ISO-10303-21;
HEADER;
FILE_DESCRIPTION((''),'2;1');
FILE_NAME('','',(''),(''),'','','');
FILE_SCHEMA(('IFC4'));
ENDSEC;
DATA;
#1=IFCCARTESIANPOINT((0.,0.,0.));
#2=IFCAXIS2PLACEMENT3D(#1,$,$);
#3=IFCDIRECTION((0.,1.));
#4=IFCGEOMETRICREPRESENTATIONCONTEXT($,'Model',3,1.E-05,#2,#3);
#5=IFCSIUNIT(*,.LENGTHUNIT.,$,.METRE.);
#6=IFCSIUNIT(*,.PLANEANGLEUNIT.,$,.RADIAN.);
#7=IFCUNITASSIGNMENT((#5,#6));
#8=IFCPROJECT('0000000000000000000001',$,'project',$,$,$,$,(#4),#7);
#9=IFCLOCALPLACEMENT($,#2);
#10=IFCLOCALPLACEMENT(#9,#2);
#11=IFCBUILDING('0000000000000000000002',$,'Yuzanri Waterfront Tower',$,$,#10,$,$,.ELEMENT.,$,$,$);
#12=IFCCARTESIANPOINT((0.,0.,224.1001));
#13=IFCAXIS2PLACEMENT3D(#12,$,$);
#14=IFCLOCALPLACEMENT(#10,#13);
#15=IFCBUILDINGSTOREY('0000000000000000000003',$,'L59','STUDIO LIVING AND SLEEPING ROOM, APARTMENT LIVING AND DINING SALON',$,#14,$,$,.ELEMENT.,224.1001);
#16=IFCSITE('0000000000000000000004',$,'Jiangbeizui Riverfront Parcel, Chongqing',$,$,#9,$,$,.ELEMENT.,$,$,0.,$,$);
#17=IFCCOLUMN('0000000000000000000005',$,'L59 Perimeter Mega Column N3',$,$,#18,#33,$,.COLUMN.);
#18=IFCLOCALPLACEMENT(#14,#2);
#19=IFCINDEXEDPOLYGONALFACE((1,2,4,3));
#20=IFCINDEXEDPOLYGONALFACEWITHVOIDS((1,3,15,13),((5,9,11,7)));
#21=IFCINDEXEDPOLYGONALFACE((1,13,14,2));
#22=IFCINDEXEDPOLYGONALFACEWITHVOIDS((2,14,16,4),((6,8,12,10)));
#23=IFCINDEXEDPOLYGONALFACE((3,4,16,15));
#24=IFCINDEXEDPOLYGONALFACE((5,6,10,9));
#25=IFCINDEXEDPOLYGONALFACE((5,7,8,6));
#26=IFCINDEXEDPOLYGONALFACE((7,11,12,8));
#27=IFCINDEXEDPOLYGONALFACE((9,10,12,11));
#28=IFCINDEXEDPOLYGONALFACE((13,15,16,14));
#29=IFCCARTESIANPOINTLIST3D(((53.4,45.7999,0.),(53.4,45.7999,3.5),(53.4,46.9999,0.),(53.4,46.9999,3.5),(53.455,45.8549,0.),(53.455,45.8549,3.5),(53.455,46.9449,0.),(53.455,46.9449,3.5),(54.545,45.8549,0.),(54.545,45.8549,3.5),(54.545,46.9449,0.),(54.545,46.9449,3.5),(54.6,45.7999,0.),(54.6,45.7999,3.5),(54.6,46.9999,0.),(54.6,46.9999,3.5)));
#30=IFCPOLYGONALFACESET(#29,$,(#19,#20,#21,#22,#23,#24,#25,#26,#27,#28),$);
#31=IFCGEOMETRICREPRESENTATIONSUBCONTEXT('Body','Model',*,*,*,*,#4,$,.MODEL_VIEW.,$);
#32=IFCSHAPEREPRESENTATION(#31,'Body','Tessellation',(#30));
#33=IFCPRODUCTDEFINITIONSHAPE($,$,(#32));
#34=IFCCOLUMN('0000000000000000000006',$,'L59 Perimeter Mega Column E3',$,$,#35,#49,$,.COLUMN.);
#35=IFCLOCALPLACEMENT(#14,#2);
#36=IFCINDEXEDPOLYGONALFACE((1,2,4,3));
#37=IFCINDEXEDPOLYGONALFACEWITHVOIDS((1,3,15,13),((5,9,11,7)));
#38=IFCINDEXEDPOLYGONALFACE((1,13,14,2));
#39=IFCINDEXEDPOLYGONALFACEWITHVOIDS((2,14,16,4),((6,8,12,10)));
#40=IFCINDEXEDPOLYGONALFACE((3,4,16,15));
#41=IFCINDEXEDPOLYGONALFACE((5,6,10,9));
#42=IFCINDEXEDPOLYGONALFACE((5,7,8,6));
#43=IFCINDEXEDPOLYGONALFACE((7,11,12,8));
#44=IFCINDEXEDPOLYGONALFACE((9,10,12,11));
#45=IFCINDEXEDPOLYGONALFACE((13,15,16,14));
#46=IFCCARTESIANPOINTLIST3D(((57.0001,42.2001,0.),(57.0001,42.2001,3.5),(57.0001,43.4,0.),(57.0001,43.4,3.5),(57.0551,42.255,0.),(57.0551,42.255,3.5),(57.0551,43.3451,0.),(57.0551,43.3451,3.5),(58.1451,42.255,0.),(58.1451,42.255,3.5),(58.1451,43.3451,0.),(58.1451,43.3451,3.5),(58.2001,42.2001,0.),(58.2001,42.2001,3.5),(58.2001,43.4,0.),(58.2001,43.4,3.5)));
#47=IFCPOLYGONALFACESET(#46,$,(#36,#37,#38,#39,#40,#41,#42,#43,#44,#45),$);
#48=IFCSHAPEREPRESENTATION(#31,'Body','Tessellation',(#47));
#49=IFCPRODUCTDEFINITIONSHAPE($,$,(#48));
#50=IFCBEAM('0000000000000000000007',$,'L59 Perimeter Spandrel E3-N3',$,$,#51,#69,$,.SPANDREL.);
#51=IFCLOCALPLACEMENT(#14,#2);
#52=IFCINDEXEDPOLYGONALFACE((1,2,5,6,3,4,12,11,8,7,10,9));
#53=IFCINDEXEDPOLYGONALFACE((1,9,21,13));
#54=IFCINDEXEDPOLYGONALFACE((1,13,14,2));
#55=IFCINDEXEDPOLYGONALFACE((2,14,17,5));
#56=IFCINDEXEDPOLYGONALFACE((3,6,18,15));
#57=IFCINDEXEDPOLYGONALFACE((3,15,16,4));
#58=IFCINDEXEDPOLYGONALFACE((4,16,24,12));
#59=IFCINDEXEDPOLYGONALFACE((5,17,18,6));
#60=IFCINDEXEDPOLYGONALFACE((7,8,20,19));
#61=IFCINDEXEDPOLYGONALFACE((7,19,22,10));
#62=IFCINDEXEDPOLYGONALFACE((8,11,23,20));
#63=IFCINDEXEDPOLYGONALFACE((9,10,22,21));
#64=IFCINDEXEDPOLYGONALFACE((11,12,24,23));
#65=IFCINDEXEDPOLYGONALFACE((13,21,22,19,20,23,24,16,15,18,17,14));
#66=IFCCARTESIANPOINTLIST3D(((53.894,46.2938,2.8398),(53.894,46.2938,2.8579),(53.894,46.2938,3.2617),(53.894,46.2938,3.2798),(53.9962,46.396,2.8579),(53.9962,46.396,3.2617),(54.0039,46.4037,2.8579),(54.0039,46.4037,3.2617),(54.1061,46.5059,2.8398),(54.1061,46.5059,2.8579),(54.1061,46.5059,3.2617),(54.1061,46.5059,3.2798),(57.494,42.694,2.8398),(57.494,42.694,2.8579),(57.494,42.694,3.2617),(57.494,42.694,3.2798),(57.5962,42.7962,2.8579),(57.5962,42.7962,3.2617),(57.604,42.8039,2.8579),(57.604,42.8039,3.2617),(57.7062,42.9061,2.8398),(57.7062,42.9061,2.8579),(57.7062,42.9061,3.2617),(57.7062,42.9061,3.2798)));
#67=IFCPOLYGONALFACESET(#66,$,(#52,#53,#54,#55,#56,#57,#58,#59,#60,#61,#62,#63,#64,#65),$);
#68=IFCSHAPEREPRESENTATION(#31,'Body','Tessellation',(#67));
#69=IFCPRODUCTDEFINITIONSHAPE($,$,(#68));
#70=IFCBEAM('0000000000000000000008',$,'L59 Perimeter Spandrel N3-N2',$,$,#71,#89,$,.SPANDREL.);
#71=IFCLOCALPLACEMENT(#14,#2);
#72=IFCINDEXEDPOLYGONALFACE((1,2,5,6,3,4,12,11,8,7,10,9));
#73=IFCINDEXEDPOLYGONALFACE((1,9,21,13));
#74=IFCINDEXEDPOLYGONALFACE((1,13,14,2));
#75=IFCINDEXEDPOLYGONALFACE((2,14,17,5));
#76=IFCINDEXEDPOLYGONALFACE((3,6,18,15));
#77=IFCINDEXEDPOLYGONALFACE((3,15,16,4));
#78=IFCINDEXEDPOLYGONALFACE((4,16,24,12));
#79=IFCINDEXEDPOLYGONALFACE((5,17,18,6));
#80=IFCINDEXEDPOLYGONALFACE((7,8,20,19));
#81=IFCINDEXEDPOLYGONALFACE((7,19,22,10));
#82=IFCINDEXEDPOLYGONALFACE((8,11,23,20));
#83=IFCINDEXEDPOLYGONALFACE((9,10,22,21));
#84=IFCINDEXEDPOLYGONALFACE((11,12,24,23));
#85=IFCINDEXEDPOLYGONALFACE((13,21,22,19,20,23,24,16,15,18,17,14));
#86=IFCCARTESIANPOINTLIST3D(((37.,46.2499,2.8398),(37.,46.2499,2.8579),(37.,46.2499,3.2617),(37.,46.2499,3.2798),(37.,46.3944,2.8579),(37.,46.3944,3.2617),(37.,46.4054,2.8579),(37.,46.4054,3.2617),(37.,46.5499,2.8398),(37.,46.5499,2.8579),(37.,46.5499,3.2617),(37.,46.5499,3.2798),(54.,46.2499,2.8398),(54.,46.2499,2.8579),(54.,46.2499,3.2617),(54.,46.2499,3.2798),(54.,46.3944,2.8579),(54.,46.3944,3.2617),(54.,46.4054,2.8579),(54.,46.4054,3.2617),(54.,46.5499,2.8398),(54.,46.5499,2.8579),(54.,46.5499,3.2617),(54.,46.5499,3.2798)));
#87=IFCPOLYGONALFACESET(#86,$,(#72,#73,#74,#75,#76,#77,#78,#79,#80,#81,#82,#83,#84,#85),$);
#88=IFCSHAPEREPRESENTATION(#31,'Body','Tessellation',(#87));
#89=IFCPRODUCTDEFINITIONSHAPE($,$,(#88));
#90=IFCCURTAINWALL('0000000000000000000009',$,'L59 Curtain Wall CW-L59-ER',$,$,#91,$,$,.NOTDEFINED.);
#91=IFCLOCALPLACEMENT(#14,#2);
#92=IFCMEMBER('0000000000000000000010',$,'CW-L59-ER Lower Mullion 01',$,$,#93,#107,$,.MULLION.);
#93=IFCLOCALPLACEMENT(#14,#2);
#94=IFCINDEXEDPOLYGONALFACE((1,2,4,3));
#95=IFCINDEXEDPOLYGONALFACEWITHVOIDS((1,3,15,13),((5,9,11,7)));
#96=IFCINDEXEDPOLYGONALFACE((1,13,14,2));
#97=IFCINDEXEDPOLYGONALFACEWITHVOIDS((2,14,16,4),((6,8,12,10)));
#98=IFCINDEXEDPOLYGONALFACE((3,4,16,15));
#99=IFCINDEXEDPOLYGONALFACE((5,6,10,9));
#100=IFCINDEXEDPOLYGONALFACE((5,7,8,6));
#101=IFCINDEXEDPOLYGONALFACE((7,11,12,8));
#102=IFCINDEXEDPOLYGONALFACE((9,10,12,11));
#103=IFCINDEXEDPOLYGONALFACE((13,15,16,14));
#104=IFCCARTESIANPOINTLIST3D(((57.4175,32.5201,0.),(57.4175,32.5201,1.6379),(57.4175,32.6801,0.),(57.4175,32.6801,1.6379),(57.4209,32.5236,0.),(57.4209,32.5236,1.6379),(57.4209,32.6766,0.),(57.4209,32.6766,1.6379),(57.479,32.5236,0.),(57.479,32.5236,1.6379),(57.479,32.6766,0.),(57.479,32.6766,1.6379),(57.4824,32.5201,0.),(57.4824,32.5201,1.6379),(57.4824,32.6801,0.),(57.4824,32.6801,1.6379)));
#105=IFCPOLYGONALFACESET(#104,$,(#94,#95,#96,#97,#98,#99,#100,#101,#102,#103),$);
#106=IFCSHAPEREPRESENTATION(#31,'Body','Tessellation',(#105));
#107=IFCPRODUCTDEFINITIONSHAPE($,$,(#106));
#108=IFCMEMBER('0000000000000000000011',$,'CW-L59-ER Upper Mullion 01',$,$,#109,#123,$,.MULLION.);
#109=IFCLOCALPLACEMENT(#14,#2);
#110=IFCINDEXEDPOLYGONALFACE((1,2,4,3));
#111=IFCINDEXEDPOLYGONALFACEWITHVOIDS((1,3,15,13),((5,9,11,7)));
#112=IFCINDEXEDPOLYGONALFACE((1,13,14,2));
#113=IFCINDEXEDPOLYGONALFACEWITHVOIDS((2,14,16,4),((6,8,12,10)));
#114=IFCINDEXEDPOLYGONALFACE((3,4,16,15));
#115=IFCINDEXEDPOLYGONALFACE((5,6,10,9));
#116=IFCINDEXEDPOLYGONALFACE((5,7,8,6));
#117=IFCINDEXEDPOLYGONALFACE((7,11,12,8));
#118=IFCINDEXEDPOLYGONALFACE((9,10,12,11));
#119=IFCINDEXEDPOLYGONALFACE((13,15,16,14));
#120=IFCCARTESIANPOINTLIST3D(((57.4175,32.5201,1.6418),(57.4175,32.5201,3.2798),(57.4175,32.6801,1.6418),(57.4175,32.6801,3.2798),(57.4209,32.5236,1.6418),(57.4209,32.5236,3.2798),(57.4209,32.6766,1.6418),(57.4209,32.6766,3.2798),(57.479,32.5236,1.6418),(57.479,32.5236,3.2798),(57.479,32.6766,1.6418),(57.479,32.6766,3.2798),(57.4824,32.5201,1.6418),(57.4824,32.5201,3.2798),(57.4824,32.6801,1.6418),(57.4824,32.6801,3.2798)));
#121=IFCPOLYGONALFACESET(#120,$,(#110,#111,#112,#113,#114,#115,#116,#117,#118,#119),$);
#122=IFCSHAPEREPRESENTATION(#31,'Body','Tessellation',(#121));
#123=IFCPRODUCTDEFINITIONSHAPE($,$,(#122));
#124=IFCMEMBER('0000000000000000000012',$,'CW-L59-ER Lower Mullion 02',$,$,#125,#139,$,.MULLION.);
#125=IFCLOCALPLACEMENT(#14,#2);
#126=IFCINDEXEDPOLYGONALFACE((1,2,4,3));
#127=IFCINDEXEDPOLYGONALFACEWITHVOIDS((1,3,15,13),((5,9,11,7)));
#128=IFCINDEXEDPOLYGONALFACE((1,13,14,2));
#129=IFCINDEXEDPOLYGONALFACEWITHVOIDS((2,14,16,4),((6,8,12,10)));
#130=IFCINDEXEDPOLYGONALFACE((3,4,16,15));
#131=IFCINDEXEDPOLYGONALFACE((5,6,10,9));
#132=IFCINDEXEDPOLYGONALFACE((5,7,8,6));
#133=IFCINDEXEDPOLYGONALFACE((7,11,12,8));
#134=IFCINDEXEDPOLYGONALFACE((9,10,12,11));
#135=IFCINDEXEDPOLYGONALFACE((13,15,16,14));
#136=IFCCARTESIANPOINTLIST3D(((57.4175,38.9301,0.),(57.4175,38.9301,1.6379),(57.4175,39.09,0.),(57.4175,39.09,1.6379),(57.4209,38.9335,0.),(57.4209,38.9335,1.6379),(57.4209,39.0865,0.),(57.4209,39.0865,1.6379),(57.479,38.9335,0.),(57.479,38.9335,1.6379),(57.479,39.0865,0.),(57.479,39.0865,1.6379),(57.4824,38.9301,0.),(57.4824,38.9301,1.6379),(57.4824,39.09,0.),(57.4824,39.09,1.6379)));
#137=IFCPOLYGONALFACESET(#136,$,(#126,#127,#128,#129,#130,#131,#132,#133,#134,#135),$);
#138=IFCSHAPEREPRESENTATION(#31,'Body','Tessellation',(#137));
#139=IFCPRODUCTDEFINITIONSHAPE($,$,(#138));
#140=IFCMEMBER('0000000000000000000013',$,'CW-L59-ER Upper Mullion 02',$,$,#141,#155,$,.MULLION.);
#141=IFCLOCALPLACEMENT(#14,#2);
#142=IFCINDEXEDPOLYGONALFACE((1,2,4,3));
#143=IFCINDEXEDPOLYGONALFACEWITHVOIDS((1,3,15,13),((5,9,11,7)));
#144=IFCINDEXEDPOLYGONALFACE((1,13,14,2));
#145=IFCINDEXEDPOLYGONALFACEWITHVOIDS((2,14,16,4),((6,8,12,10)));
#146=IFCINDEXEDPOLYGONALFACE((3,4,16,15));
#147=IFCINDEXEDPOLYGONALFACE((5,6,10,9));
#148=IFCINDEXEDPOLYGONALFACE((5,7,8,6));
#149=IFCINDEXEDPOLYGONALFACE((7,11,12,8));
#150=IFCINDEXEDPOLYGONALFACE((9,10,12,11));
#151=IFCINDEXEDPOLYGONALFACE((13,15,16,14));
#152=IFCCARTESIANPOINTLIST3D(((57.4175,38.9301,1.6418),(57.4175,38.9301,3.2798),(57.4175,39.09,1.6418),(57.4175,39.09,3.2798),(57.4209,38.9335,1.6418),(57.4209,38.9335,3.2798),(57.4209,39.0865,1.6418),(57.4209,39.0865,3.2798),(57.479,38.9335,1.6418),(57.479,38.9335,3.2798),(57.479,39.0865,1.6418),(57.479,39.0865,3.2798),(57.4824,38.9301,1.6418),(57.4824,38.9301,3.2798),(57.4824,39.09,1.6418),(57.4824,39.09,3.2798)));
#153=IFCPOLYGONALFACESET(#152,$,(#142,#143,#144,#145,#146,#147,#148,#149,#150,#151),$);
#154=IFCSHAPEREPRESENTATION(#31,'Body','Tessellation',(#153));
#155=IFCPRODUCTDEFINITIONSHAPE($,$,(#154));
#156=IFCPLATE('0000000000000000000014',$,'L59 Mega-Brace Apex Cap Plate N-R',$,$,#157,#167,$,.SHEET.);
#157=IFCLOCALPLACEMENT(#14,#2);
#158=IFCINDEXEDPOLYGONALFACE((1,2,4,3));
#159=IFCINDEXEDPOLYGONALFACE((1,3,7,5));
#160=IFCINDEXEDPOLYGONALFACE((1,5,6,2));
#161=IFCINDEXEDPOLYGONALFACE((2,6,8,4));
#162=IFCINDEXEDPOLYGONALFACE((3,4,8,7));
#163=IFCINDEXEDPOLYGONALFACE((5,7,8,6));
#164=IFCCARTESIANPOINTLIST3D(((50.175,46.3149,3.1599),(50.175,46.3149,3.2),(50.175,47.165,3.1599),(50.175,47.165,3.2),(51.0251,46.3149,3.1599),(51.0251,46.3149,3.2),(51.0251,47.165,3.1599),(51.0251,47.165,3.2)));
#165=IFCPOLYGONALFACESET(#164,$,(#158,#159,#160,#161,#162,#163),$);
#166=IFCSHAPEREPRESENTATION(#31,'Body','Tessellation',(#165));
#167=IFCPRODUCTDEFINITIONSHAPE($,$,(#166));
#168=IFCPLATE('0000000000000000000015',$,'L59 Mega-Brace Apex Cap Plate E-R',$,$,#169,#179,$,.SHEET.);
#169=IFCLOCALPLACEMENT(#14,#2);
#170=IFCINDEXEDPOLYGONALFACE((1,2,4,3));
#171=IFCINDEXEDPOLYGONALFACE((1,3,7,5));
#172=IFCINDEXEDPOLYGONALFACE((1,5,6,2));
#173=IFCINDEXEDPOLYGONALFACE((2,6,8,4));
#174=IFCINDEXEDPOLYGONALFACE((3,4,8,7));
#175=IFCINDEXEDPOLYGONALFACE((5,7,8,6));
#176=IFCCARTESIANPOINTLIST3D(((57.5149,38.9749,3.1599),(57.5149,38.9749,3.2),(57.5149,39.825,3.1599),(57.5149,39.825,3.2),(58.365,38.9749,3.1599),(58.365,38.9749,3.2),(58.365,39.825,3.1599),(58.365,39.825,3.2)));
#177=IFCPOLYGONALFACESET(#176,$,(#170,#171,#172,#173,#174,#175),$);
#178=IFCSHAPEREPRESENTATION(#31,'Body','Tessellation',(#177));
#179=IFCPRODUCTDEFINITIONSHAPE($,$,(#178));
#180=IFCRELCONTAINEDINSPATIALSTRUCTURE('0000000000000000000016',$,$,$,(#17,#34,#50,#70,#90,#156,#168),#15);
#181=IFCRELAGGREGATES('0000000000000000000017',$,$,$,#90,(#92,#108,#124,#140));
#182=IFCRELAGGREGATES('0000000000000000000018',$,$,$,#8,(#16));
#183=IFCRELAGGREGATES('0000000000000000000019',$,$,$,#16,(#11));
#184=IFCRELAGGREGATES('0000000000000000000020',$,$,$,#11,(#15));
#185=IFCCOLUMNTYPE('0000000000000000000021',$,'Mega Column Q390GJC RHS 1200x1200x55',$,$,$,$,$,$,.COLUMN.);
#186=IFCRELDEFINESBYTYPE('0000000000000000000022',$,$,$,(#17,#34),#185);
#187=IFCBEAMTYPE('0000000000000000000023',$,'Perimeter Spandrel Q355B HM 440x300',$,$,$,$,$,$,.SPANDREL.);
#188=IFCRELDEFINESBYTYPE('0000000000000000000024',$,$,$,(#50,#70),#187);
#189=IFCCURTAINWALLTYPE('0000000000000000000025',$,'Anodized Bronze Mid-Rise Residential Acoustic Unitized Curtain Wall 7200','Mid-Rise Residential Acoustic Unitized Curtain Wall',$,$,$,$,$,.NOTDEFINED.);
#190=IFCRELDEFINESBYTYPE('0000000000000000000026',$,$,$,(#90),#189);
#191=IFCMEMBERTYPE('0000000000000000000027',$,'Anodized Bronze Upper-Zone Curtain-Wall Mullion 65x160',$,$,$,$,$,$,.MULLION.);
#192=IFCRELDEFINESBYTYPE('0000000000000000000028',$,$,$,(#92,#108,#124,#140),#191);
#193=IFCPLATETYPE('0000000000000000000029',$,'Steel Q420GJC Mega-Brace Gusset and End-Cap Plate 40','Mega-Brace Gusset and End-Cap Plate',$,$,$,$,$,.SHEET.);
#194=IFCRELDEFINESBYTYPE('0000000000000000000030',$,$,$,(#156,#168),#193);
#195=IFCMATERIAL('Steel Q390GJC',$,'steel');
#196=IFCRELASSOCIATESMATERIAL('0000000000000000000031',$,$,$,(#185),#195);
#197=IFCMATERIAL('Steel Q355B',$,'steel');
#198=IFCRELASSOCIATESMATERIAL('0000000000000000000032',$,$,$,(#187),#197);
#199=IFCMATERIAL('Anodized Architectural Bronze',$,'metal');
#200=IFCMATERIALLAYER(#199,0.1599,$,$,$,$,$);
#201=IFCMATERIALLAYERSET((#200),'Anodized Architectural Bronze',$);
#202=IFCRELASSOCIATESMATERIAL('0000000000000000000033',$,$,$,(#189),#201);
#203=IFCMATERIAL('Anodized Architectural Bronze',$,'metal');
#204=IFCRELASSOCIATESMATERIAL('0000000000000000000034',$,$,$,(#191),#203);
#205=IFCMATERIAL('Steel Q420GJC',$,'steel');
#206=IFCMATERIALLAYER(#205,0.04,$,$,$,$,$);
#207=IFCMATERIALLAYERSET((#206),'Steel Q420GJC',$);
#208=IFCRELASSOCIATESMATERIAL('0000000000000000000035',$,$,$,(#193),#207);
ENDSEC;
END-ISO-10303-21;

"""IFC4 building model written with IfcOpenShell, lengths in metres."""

from ifc_helpers import new_model, si_unit, direction, frame, origin, origin_2d, place, context, subcontext, project, spatial, rectangle, hollow_rectangle, i_section, extrude, source, transform, mapped, material, layer, layer_set, material_profile, profile_set, type_object, element, aggregate, save


model = new_model("IFC4")

# Units and contexts
model_context = context("Model", 3, precision=1e-05, world=origin(), true_north=direction((0.0, 1.0)))
body_context = subcontext(model_context, "Body", "Model", "MODEL_VIEW")
ifc_project = project(units=[si_unit("LENGTHUNIT", "METRE"), si_unit("PLANEANGLEUNIT", "RADIAN")], contexts=[model_context])

# Site, building, storey
site_placement = place(None, origin())
site = spatial("IfcSite", under=ifc_project, at=site_placement, Name="Jiangbeizui Riverfront Parcel, Chongqing", CompositionType="ELEMENT", RefElevation=0.0)
building_placement = place(site_placement, origin())
building = spatial("IfcBuilding", under=site, at=building_placement, Name="Yuzanri Waterfront Tower", CompositionType="ELEMENT")
storey_placement = place(building_placement, frame((0.0, 0.0, 224.1001)))
storey = spatial("IfcBuildingStorey", under=building, at=storey_placement, Name="L59", Description="STUDIO LIVING AND SLEEPING ROOM, APARTMENT LIVING AND DINING SALON", CompositionType="ELEMENT", Elevation=224.1001)

# Columns
ifc_material_1 = material(Name="Steel Q390GJC", Category="steel")
ifc_material_profile_1 = material_profile(ifc_material_1, hollow_rectangle(XDim=1.2, YDim=1.2, WallThickness=0.0549, at=origin_2d()), Name="RHS 1200x1200x55")
ifc_profile_set_1 = profile_set([ifc_material_profile_1], Name="Steel Q390GJC")
column_type = type_object("IfcColumnType", Name="Mega Column Q390GJC RHS 1200x1200x55", PredefinedType="COLUMN", material=ifc_profile_set_1)
shared_shape_1 = source(origin(), body_context, "Body", "SweptSolid", [
    extrude(hollow_rectangle(XDim=1.2, YDim=1.2, WallThickness=0.0549, at=origin_2d()), origin(), (0.0, 0.0, 1.0), 3.5),
])
for number, where, z_axis, x_axis, name in (
    (1, (54.0, 46.3999, 0.0), (0.0, 0.0, 1.0), (1.0, 0.0, 0.0), "L59 Perimeter Mega Column N3"),
    (2, (57.6001, 42.8, 0.0), (0.0, 0.0, 1.0), (1.0, 0.0, 0.0), "L59 Perimeter Mega Column E3"),
):
    element("IfcColumn", number, at=place(storey_placement, frame(where, z_axis=z_axis, x_axis=x_axis)), inside=storey, type_object=column_type, Name=name, PredefinedType="COLUMN", context=body_context, shape_type="MappedRepresentation", body=[
        mapped(shared_shape_1, transform((0.0, 0.0, 0.0), scale=1.0)),
    ])

# Beams
ifc_material_2 = material(Name="Steel Q355B", Category="steel")
ifc_material_profile_2 = material_profile(ifc_material_2, i_section(OverallWidth=0.3, OverallDepth=0.4399, WebThickness=0.011, FlangeThickness=0.0181, at=origin_2d()), Name="HM 440x300x11x18")
ifc_profile_set_2 = profile_set([ifc_material_profile_2], Name="Steel Q355B")
beam_type = type_object("IfcBeamType", Name="Perimeter Spandrel Q355B HM 440x300", PredefinedType="SPANDREL", material=ifc_profile_set_2)
shared_shape_2 = source(origin(), body_context, "Body", "SweptSolid", [
    extrude(i_section(OverallWidth=0.3, OverallDepth=0.4399, WebThickness=0.011, FlangeThickness=0.0181, at=origin_2d()), origin(), (0.0, 0.0, 1.0), 5.0911),
])
beam_1_placement = place(storey_placement, frame((57.6001, 42.8, 3.0598), z_axis=(-0.707131, 0.707083, 0.0), x_axis=(-0.707083, -0.707131, 0.0)))
element("IfcBeam", 3, at=beam_1_placement, inside=storey, type_object=beam_type, Name="L59 Perimeter Spandrel E3-N3", PredefinedType="SPANDREL", context=body_context, shape_type="MappedRepresentation", body=[
    mapped(shared_shape_2, transform((0.0, 0.0, 0.0), scale=1.0)),
])
shared_shape_3 = source(origin(), body_context, "Body", "SweptSolid", [
    extrude(i_section(OverallWidth=0.3, OverallDepth=0.4399, WebThickness=0.011, FlangeThickness=0.0181, at=origin_2d()), origin(), (0.0, 0.0, 1.0), 17.0),
])
beam_2_placement = place(storey_placement, frame((54.0, 46.3999, 3.0598), z_axis=(-1.0, 0.0, 0.0), x_axis=(0.0, -1.0, 0.0)))
element("IfcBeam", 4, at=beam_2_placement, inside=storey, type_object=beam_type, Name="L59 Perimeter Spandrel N3-N2", PredefinedType="SPANDREL", context=body_context, shape_type="MappedRepresentation", body=[
    mapped(shared_shape_3, transform((0.0, 0.0, 0.0), scale=1.0)),
])

# Curtain wall, members
ifc_material_3 = material(Name="Anodized Architectural Bronze", Category="metal")
ifc_layer_1 = layer(ifc_material_3, 0.1599)
ifc_layer_set_1 = layer_set([ifc_layer_1], Name="Anodized Architectural Bronze")
curtain_wall_type = type_object("IfcCurtainWallType", Name="Anodized Bronze Mid-Rise Residential Acoustic Unitized Curtain Wall 7200", Description="Mid-Rise Residential Acoustic Unitized Curtain Wall", PredefinedType="NOTDEFINED", material=ifc_layer_set_1)
curtain_wall_placement = place(storey_placement, origin())
curtain_wall = element("IfcCurtainWall", 5, at=curtain_wall_placement, inside=storey, type_object=curtain_wall_type, Name="L59 Curtain Wall CW-L59-ER", PredefinedType="NOTDEFINED")
ifc_material_4 = material(Name="Anodized Architectural Bronze", Category="metal")
ifc_material_profile_3 = material_profile(ifc_material_4, hollow_rectangle(XDim=0.0649, YDim=0.1599, WallThickness=0.0034, at=origin_2d()), Name="CWM 65x160")
ifc_profile_set_3 = profile_set([ifc_material_profile_3], Name="Anodized Architectural Bronze")
member_type = type_object("IfcMemberType", Name="Anodized Bronze Upper-Zone Curtain-Wall Mullion 65x160", PredefinedType="MULLION", material=ifc_profile_set_3)
shared_shape_4 = source(origin(), body_context, "Body", "SweptSolid", [
    extrude(hollow_rectangle(XDim=0.0649, YDim=0.1599, WallThickness=0.0034, at=origin_2d()), origin(), (0.0, 0.0, 1.0), 1.6379),
])
member_1_placement = place(storey_placement, frame((57.45, 32.6001, 0.0), z_axis=(0.0, 0.0, 1.0), x_axis=(1.0, 0.0, 0.0)))
member_1 = element("IfcMember", 6, at=member_1_placement, type_object=member_type, Name="CW-L59-ER Lower Mullion 01", PredefinedType="MULLION", context=body_context, shape_type="MappedRepresentation", body=[
    mapped(shared_shape_4, transform((0.0, 0.0, 0.0), scale=1.0)),
])
member_2_placement = place(storey_placement, frame((57.45, 32.6001, 1.6418), z_axis=(0.0, 0.0, 1.0), x_axis=(1.0, 0.0, 0.0)))
member_2 = element("IfcMember", 7, at=member_2_placement, type_object=member_type, Name="CW-L59-ER Upper Mullion 01", PredefinedType="MULLION", context=body_context, shape_type="MappedRepresentation", body=[
    mapped(shared_shape_4, transform((0.0, 0.0, 0.0), scale=1.0)),
])
member_3_placement = place(storey_placement, frame((57.45, 39.01, 0.0), z_axis=(0.0, 0.0, 1.0), x_axis=(1.0, 0.0, 0.0)))
member_3 = element("IfcMember", 8, at=member_3_placement, type_object=member_type, Name="CW-L59-ER Lower Mullion 02", PredefinedType="MULLION", context=body_context, shape_type="MappedRepresentation", body=[
    mapped(shared_shape_4, transform((0.0, 0.0, 0.0), scale=1.0)),
])
member_4_placement = place(storey_placement, frame((57.45, 39.01, 1.6418), z_axis=(0.0, 0.0, 1.0), x_axis=(1.0, 0.0, 0.0)))
member_4 = element("IfcMember", 9, at=member_4_placement, type_object=member_type, Name="CW-L59-ER Upper Mullion 02", PredefinedType="MULLION", context=body_context, shape_type="MappedRepresentation", body=[
    mapped(shared_shape_4, transform((0.0, 0.0, 0.0), scale=1.0)),
])

# Plates
ifc_material_5 = material(Name="Steel Q420GJC", Category="steel")
ifc_layer_2 = layer(ifc_material_5, 0.04)
ifc_layer_set_2 = layer_set([ifc_layer_2], Name="Steel Q420GJC")
plate_type_1 = type_object("IfcPlateType", Name="Steel Q420GJC Mega-Brace Gusset and End-Cap Plate 40", Description="Mega-Brace Gusset and End-Cap Plate", PredefinedType="SHEET", material=ifc_layer_set_2)
shared_shape_5 = source(origin(), body_context, "Body", "SweptSolid", [
    extrude(rectangle(XDim=0.8501, YDim=0.8501, at=origin_2d()), origin(), (0.0, 0.0, 1.0), 0.04),
])
for number, where, z_axis, x_axis, name in (
    (10, (50.6001, 46.74, 3.1599), (0.0, 0.0, 1.0), (1.0, 0.0, 0.0), "L59 Mega-Brace Apex Cap Plate N-R"),
    (11, (57.9399, 39.3999, 3.1599), (0.0, 0.0, 1.0), (1.0, 0.0, 0.0), "L59 Mega-Brace Apex Cap Plate E-R"),
):
    element("IfcPlate", number, at=place(storey_placement, frame(where, z_axis=z_axis, x_axis=x_axis)), inside=storey, type_object=plate_type_1, Name=name, PredefinedType="SHEET", context=body_context, shape_type="MappedRepresentation", body=[
        mapped(shared_shape_5, transform((0.0, 0.0, 0.0), scale=1.0)),
    ])

aggregate(curtain_wall, [member_1, member_2, member_3, member_4])

save(model, "model.ifc")
